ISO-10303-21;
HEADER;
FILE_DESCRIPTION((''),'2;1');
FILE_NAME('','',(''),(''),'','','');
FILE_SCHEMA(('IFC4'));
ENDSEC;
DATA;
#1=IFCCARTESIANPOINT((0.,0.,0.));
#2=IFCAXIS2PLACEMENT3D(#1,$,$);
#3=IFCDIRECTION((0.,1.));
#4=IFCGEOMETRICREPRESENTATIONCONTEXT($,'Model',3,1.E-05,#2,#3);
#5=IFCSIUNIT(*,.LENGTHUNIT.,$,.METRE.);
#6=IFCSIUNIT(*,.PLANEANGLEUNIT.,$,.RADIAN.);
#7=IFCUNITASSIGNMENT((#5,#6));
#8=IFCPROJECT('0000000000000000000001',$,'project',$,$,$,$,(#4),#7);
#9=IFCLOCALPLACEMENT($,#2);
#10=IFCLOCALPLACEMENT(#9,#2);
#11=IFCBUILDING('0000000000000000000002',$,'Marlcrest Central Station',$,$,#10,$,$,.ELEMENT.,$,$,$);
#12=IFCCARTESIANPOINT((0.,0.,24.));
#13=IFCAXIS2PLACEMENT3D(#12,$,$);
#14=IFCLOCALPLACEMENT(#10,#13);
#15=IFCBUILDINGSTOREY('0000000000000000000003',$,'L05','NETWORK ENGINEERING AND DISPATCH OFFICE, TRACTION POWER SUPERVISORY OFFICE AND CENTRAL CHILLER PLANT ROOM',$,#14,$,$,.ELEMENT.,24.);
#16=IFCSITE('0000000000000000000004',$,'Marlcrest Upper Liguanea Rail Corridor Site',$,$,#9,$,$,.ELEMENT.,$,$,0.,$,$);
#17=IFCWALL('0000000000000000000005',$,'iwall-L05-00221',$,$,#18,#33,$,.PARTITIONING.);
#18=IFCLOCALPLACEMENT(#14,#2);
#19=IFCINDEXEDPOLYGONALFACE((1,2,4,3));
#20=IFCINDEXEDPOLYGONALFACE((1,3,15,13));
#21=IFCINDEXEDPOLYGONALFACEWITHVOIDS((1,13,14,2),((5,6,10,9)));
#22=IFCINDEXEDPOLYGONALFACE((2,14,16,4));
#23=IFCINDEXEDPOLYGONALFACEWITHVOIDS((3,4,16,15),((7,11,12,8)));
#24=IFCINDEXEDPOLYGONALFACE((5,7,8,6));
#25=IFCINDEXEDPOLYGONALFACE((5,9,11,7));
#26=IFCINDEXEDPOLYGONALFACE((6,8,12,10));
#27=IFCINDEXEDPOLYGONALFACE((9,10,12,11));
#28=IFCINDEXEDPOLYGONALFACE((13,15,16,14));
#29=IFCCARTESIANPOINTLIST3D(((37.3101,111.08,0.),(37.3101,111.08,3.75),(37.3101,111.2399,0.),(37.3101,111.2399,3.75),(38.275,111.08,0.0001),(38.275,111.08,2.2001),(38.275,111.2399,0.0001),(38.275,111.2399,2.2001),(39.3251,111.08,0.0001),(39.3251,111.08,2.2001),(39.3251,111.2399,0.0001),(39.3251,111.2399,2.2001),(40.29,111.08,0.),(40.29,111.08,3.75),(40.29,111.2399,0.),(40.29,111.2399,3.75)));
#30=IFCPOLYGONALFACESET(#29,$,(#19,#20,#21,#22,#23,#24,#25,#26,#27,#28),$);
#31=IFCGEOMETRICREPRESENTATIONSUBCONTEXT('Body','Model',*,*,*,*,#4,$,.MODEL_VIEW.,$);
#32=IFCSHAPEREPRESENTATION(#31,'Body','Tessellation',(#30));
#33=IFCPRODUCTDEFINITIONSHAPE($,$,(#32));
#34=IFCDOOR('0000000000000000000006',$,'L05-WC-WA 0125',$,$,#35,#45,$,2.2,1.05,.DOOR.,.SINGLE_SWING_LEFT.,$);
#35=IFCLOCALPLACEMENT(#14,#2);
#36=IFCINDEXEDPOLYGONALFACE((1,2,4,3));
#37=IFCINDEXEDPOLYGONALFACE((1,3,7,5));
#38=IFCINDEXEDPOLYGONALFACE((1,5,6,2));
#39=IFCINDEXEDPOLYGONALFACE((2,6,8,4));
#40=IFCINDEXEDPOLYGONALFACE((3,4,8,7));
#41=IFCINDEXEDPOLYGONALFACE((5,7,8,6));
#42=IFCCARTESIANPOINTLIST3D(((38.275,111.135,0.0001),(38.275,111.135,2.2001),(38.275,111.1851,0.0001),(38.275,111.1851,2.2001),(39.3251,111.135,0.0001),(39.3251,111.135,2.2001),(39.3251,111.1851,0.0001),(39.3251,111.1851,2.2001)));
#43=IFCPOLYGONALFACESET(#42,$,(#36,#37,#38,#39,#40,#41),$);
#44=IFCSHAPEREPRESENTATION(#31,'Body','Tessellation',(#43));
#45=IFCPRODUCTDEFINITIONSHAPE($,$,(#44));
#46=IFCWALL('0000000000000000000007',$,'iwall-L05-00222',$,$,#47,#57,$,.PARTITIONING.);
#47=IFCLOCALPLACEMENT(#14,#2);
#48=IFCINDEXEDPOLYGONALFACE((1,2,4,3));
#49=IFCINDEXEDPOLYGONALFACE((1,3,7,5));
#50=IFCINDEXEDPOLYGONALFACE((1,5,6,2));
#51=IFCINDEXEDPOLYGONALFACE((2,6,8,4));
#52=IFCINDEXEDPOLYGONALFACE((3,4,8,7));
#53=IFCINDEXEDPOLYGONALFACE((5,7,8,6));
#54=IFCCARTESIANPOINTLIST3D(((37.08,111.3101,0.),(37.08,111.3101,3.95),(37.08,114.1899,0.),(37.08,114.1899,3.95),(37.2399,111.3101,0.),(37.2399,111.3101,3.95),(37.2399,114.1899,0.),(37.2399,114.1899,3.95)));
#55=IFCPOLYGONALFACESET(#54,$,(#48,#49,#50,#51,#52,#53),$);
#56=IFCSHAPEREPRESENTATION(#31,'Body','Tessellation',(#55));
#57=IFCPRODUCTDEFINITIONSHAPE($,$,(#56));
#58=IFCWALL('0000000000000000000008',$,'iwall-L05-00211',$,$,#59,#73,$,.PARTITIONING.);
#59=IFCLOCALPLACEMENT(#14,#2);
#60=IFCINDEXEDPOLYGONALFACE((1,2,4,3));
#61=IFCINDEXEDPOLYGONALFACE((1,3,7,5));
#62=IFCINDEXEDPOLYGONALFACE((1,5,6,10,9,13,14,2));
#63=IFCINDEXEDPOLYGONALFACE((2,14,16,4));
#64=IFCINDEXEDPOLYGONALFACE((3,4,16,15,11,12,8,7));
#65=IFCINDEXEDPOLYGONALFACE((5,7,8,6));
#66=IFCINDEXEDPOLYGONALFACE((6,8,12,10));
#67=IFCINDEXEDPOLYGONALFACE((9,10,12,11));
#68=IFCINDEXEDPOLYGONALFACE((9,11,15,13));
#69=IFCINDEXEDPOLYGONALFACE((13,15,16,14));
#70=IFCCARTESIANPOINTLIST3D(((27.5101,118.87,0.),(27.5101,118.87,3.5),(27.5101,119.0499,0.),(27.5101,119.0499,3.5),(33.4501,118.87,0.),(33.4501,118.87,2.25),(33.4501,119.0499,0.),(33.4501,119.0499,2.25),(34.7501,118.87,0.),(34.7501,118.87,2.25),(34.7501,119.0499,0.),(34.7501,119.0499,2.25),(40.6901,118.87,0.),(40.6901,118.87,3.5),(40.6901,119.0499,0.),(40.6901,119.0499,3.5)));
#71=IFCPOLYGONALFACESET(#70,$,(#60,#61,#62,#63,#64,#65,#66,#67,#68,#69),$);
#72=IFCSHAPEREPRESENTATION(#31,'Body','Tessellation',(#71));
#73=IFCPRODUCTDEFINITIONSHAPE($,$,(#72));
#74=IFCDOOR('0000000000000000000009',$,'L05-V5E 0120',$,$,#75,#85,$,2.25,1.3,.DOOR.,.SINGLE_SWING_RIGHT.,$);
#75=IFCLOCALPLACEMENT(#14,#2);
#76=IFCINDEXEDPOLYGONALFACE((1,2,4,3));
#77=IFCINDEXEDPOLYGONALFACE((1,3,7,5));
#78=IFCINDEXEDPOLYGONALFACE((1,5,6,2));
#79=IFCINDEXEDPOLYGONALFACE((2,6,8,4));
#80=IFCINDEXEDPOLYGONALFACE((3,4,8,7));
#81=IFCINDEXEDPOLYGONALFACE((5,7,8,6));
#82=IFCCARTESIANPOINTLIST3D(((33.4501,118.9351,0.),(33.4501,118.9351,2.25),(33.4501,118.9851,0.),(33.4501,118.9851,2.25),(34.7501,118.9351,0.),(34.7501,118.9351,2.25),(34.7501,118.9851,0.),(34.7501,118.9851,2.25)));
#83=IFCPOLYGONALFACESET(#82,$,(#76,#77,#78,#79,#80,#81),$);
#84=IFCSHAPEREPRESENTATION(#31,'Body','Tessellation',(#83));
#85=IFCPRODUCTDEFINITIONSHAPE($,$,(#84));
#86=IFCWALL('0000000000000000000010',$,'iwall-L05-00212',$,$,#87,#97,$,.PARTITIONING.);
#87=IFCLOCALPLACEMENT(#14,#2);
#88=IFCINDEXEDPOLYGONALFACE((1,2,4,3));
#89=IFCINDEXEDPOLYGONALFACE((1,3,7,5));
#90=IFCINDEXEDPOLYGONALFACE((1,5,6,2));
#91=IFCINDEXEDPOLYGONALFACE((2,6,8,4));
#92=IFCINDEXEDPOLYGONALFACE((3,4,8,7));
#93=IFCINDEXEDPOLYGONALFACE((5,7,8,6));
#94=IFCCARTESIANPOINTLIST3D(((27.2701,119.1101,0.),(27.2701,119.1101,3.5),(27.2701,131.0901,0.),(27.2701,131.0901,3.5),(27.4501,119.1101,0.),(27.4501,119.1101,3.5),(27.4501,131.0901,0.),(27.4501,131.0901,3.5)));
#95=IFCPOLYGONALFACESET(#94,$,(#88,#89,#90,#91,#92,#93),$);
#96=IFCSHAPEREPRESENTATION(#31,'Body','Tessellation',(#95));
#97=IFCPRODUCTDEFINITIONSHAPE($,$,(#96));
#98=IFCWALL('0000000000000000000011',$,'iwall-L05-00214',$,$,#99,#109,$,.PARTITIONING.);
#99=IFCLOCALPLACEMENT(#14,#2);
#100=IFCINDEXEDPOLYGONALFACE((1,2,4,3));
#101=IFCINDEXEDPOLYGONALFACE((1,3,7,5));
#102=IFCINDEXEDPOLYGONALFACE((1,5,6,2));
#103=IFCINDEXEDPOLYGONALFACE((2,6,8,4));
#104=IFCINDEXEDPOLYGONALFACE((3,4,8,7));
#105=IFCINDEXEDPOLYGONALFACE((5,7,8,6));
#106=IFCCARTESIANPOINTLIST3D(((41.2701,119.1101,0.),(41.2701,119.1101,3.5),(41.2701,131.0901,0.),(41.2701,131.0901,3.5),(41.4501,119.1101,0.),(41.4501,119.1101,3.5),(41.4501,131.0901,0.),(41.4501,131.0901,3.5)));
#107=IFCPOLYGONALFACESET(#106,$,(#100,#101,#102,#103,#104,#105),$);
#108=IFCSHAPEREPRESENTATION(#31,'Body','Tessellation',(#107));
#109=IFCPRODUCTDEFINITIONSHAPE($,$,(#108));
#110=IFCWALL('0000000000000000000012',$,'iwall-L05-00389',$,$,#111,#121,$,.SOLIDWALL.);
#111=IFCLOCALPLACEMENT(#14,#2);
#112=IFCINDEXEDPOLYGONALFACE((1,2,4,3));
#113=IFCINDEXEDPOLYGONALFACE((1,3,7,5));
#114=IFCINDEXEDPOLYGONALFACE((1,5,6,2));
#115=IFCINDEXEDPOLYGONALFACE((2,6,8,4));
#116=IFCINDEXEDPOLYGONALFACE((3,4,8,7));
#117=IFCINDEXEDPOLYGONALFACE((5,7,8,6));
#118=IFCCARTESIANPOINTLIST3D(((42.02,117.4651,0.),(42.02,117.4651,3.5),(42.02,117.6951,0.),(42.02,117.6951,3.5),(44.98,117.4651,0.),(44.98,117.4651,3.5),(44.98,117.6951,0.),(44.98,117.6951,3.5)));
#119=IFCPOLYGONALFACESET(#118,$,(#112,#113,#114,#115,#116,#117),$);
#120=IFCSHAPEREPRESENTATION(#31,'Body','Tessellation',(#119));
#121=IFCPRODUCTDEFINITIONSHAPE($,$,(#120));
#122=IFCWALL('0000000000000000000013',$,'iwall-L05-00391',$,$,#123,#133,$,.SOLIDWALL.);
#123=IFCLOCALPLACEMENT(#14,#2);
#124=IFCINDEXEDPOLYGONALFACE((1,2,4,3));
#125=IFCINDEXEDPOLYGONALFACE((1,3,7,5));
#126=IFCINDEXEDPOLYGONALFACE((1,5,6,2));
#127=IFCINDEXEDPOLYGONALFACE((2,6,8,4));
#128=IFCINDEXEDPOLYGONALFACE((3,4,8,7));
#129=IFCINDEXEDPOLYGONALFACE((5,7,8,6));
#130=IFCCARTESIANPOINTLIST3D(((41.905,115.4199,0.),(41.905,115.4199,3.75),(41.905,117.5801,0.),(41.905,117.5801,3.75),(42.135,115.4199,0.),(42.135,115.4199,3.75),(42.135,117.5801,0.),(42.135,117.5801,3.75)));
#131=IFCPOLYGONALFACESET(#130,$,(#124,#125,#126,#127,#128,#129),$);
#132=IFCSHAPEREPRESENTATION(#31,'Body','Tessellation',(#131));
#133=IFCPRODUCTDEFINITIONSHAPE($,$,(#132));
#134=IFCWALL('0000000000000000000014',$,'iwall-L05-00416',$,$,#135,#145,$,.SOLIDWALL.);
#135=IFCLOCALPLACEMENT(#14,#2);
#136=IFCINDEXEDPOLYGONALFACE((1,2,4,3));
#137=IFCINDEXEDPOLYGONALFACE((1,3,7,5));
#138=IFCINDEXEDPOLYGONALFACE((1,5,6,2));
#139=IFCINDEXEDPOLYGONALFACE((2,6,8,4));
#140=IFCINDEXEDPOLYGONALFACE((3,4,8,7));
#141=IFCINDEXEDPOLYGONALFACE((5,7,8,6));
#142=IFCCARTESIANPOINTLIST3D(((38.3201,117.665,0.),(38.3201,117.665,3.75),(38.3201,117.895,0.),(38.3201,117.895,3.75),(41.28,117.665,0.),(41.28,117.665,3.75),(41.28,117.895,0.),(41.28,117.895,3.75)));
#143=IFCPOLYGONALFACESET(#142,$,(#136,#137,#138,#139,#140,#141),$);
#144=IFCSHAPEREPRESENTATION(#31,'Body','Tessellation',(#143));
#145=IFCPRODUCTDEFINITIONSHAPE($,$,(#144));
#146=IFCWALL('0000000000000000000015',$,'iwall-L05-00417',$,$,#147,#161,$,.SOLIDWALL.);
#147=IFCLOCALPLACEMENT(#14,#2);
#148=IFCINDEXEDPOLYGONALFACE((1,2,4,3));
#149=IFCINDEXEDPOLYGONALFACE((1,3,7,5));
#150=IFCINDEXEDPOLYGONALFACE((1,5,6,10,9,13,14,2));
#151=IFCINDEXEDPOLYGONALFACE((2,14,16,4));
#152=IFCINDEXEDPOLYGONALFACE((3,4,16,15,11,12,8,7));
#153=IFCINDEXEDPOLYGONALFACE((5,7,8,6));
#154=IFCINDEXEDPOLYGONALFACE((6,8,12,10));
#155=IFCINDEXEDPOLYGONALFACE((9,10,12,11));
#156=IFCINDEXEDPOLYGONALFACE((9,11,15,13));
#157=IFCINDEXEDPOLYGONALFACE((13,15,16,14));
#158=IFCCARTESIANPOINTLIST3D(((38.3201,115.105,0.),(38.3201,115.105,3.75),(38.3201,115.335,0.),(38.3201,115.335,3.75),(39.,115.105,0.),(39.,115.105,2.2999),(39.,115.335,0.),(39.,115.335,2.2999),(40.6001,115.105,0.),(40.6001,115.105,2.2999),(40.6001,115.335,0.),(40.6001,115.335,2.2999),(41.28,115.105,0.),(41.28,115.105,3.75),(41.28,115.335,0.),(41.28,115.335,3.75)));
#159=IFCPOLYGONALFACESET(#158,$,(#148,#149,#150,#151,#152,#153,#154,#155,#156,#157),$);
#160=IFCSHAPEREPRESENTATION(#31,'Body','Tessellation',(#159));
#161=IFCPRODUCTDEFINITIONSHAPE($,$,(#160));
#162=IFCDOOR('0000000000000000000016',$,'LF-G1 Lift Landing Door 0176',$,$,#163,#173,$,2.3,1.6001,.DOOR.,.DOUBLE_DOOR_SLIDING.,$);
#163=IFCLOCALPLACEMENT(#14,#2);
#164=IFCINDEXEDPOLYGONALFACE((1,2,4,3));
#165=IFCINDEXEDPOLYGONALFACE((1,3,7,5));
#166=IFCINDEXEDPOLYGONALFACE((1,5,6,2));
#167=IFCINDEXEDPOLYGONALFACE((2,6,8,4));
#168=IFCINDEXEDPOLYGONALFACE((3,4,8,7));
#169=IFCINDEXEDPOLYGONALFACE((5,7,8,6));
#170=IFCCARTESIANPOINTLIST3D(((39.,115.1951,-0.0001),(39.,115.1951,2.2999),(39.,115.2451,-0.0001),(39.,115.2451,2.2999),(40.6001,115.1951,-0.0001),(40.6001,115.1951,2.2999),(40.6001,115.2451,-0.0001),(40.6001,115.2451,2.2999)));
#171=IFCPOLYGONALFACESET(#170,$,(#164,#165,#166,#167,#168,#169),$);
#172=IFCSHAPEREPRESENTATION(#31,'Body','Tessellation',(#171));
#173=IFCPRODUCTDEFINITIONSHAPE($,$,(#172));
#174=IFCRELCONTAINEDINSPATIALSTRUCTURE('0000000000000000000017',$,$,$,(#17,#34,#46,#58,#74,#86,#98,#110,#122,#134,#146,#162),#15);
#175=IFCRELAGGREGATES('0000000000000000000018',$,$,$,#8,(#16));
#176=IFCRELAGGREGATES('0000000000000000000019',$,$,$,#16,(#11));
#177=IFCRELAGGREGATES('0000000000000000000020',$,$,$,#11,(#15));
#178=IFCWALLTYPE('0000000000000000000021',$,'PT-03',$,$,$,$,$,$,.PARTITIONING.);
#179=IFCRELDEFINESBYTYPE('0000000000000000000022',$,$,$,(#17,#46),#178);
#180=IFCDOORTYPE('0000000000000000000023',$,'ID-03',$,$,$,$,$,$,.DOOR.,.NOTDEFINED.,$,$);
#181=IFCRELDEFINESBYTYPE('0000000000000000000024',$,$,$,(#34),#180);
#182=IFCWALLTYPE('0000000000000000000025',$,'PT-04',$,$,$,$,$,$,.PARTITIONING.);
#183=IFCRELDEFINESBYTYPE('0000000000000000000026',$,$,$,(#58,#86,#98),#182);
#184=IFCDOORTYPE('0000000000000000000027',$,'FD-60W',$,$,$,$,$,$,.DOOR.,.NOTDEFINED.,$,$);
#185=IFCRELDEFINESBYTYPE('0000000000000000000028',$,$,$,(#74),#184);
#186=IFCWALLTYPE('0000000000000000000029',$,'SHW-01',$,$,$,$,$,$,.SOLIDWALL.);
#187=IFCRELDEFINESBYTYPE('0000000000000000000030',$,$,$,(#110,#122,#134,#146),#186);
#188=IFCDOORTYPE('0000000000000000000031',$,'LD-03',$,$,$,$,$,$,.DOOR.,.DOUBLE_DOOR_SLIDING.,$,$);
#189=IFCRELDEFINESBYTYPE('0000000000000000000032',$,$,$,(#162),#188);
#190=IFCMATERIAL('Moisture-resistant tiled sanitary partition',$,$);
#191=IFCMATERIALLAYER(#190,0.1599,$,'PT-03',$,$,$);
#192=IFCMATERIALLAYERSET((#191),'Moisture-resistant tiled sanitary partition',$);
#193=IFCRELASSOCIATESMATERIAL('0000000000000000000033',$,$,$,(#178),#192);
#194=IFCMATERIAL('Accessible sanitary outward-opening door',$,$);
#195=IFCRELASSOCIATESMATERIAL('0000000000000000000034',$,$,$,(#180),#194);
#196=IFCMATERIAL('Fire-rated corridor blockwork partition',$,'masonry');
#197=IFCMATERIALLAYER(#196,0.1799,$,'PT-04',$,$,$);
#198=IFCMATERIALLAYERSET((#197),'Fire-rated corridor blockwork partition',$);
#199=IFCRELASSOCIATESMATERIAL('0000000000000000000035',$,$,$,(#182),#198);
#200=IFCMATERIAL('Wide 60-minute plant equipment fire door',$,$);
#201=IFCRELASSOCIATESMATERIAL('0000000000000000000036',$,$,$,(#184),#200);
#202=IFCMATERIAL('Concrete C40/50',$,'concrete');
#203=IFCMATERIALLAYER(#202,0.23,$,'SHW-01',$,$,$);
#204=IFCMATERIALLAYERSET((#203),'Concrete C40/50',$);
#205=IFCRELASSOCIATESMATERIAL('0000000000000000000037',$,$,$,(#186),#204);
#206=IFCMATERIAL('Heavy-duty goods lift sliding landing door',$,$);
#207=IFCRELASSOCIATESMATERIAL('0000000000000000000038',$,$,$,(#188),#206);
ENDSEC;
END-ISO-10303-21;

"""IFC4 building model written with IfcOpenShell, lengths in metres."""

from ifc_helpers import new_model, si_unit, direction, frame, frame_2d, origin, place, context, subcontext, project, spatial, rectangle, extrude, material, layer, layer_set, type_object, element, fill, save


model = new_model("IFC4")

# Units and contexts
model_context = context("Model", 3, precision=1e-05, world=origin(), true_north=direction((0.0, 1.0)))
body_context = subcontext(model_context, "Body", "Model", "MODEL_VIEW")
ifc_project = project(units=[si_unit("LENGTHUNIT", "METRE"), si_unit("PLANEANGLEUNIT", "RADIAN")], contexts=[model_context])

# Site, building, storey
site_placement = place(None, origin())
site = spatial("IfcSite", under=ifc_project, at=site_placement, Name="Marlcrest Upper Liguanea Rail Corridor Site", CompositionType="ELEMENT", RefElevation=0.0)
building_placement = place(site_placement, origin())
building = spatial("IfcBuilding", under=site, at=building_placement, Name="Marlcrest Central Station", CompositionType="ELEMENT")
storey_placement = place(building_placement, frame((0.0, 0.0, 24.0)))
storey = spatial("IfcBuildingStorey", under=building, at=storey_placement, Name="L05", Description="NETWORK ENGINEERING AND DISPATCH OFFICE, TRACTION POWER SUPERVISORY OFFICE AND CENTRAL CHILLER PLANT ROOM", CompositionType="ELEMENT", Elevation=24.0)

# Shared definitions
ifc_material_1 = material(Name="Moisture-resistant tiled sanitary partition")
ifc_layer_1 = layer(ifc_material_1, 0.1599, Name="PT-03")
ifc_layer_set_1 = layer_set([ifc_layer_1], Name="Moisture-resistant tiled sanitary partition")
wall_type_1 = type_object("IfcWallType", Name="PT-03", PredefinedType="PARTITIONING", material=ifc_layer_set_1)

# Wall, opening, door
wall_1_placement = place(storey_placement, frame((40.29, 111.1599, 0.0), z_axis=(0.0, 0.0, 1.0), x_axis=(-1.0, 0.0, 0.0)))
wall_1 = element("IfcWall", 1, at=wall_1_placement, inside=storey, type_object=wall_type_1, Name="iwall-L05-00221", PredefinedType="PARTITIONING", context=body_context, shape_type="SweptSolid", body=[
    extrude(rectangle(XDim=2.98, YDim=0.1599, at=frame_2d((1.49, 0.0))), origin(), (0.0, 0.0, 1.0), 3.75),
])
opening_1_placement = place(wall_1_placement, frame((0.9651, 0.0, 0.0)))
opening_1 = element("IfcOpeningElement", 2, at=opening_1_placement, cuts=wall_1, PredefinedType="OPENING", context=body_context, shape_type="SweptSolid", body=[
    extrude(rectangle(XDim=1.05, YDim=2.2, at=frame_2d((0.5249, 1.1001))), frame((0.0, 0.0898, 0.0), z_axis=(0.0, -1.0, 0.0), x_axis=(1.0, 0.0, 0.0)), (0.0, 0.0, 1.0), 0.1799),
])
ifc_material_2 = material(Name="Accessible sanitary outward-opening door")
door_type_1 = type_object("IfcDoorType", Name="ID-03", OperationType="NOTDEFINED", PredefinedType="DOOR", material=ifc_material_2)
door_1_placement = place(opening_1_placement, origin())
door_1 = element("IfcDoor", 3, at=door_1_placement, inside=storey, type_object=door_type_1, Name="L05-WC-WA 0125", OperationType="SINGLE_SWING_LEFT", OverallHeight=2.2, OverallWidth=1.05, PredefinedType="DOOR", context=body_context, shape_type="SweptSolid", body=[
    extrude(rectangle(XDim=1.05, YDim=2.2, at=frame_2d((0.5249, 1.1001))), frame((0.0, 0.0249, 0.0), z_axis=(0.0, -1.0, 0.0), x_axis=(1.0, 0.0, 0.0)), (0.0, 0.0, 1.0), 0.05),
])
fill(opening_1, door_1)

# Wall
wall_2_placement = place(storey_placement, frame((37.1599, 111.3101, 0.0), z_axis=(0.0, 0.0, 1.0), x_axis=(0.0, 1.0, 0.0)))
element("IfcWall", 4, at=wall_2_placement, inside=storey, type_object=wall_type_1, Name="iwall-L05-00222", PredefinedType="PARTITIONING", context=body_context, shape_type="SweptSolid", body=[
    extrude(rectangle(XDim=2.8799, YDim=0.1599, at=frame_2d((1.4399, 0.0))), origin(), (0.0, 0.0, 1.0), 3.95),
])

# Wall, opening, door
ifc_material_3 = material(Name="Fire-rated corridor blockwork partition", Category="masonry")
ifc_layer_2 = layer(ifc_material_3, 0.1799, Name="PT-04")
ifc_layer_set_2 = layer_set([ifc_layer_2], Name="Fire-rated corridor blockwork partition")
wall_type_2 = type_object("IfcWallType", Name="PT-04", PredefinedType="PARTITIONING", material=ifc_layer_set_2)
wall_3_placement = place(storey_placement, frame((40.6899, 118.96, 0.0), z_axis=(0.0, 0.0, 1.0), x_axis=(-1.0, 0.0, 0.0)))
wall_3 = element("IfcWall", 5, at=wall_3_placement, inside=storey, type_object=wall_type_2, Name="iwall-L05-00211", PredefinedType="PARTITIONING", context=body_context, shape_type="SweptSolid", body=[
    extrude(rectangle(XDim=13.1799, YDim=0.1799, at=frame_2d((6.5898, 0.0))), origin(), (0.0, 0.0, 1.0), 3.5),
])
opening_2_placement = place(wall_3_placement, frame((5.9399, 0.0, 0.0)))
opening_2 = element("IfcOpeningElement", 6, at=opening_2_placement, cuts=wall_3, PredefinedType="OPENING", context=body_context, shape_type="SweptSolid", body=[
    extrude(rectangle(XDim=1.3, YDim=2.25, at=frame_2d((0.6499, 1.125))), frame((0.0, 0.0999, 0.0), z_axis=(0.0, -1.0, 0.0), x_axis=(1.0, 0.0, 0.0)), (0.0, 0.0, 1.0), 0.2),
])
ifc_material_4 = material(Name="Wide 60-minute plant equipment fire door")
door_type_2 = type_object("IfcDoorType", Name="FD-60W", OperationType="NOTDEFINED", PredefinedType="DOOR", material=ifc_material_4)
door_2_placement = place(opening_2_placement, origin())
door_2 = element("IfcDoor", 7, at=door_2_placement, inside=storey, type_object=door_type_2, Name="L05-V5E 0120", OperationType="SINGLE_SWING_RIGHT", OverallHeight=2.25, OverallWidth=1.3, PredefinedType="DOOR", context=body_context, shape_type="SweptSolid", body=[
    extrude(rectangle(XDim=1.3, YDim=2.25, at=frame_2d((0.6499, 1.125))), frame((0.0, 0.0249, 0.0), z_axis=(0.0, -1.0, 0.0), x_axis=(1.0, 0.0, 0.0)), (0.0, 0.0, 1.0), 0.05),
])
fill(opening_2, door_2)

# Walls
for number, where, z_axis, x_axis, name in (
    (8, (27.3601, 119.1101, 0.0), (0.0, 0.0, 1.0), (0.0, 1.0, 0.0), "iwall-L05-00212"),
    (9, (41.3601, 119.1101, 0.0), (0.0, 0.0, 1.0), (0.0, 1.0, 0.0), "iwall-L05-00214"),
):
    element("IfcWall", number, at=place(storey_placement, frame(where, z_axis=z_axis, x_axis=x_axis)), inside=storey, type_object=wall_type_2, Name=name, PredefinedType="PARTITIONING", context=body_context, shape_type="SweptSolid", body=[
        extrude(rectangle(XDim=11.98, YDim=0.1799, at=frame_2d((5.99, 0.0))), origin(), (0.0, 0.0, 1.0), 3.5),
    ])
ifc_material_5 = material(Name="Concrete C40/50", Category="concrete")
ifc_layer_3 = layer(ifc_material_5, 0.23, Name="SHW-01")
ifc_layer_set_3 = layer_set([ifc_layer_3], Name="Concrete C40/50")
wall_type_3 = type_object("IfcWallType", Name="SHW-01", PredefinedType="SOLIDWALL", material=ifc_layer_set_3)
wall_4_placement = place(storey_placement, frame((42.02, 117.5801, 0.0), z_axis=(0.0, 0.0, 1.0), x_axis=(1.0, 0.0, 0.0)))
element("IfcWall", 10, at=wall_4_placement, inside=storey, type_object=wall_type_3, Name="iwall-L05-00389", PredefinedType="SOLIDWALL", context=body_context, shape_type="SweptSolid", body=[
    extrude(rectangle(XDim=2.96, YDim=0.23, at=frame_2d((1.48, 0.0))), origin(), (0.0, 0.0, 1.0), 3.5),
])
wall_5_placement = place(storey_placement, frame((42.02, 115.4199, 0.0), z_axis=(0.0, 0.0, 1.0), x_axis=(0.0, 1.0, 0.0)))
element("IfcWall", 11, at=wall_5_placement, inside=storey, type_object=wall_type_3, Name="iwall-L05-00391", PredefinedType="SOLIDWALL", context=body_context, shape_type="SweptSolid", body=[
    extrude(rectangle(XDim=2.1602, YDim=0.23, at=frame_2d((1.0801, 0.0))), origin(), (0.0, 0.0, 1.0), 3.75),
])
wall_6_placement = place(storey_placement, frame((38.3201, 117.78, 0.0), z_axis=(0.0, 0.0, 1.0), x_axis=(1.0, 0.0, 0.0)))
element("IfcWall", 12, at=wall_6_placement, inside=storey, type_object=wall_type_3, Name="iwall-L05-00416", PredefinedType="SOLIDWALL", context=body_context, shape_type="SweptSolid", body=[
    extrude(rectangle(XDim=2.96, YDim=0.23, at=frame_2d((1.48, 0.0))), origin(), (0.0, 0.0, 1.0), 3.75),
])

# Wall, opening, door
wall_7_placement = place(storey_placement, frame((41.28, 115.22, 0.0), z_axis=(0.0, 0.0, 1.0), x_axis=(-1.0, 0.0, 0.0)))
wall_7 = element("IfcWall", 13, at=wall_7_placement, inside=storey, type_object=wall_type_3, Name="iwall-L05-00417", PredefinedType="SOLIDWALL", context=body_context, shape_type="SweptSolid", body=[
    extrude(rectangle(XDim=2.96, YDim=0.23, at=frame_2d((1.48, 0.0))), origin(), (0.0, 0.0, 1.0), 3.75),
])
opening_3_placement = place(wall_7_placement, frame((0.6799, 0.0, 0.0)))
opening_3 = element("IfcOpeningElement", 14, at=opening_3_placement, cuts=wall_7, PredefinedType="OPENING", context=body_context, shape_type="SweptSolid", body=[
    extrude(rectangle(XDim=1.6001, YDim=2.3, at=frame_2d((0.8, 1.1499))), frame((0.0, 0.125, 0.0), z_axis=(0.0, -1.0, 0.0), x_axis=(1.0, 0.0, 0.0)), (0.0, 0.0, 1.0), 0.25),
])
ifc_material_6 = material(Name="Heavy-duty goods lift sliding landing door")
door_type_3 = type_object("IfcDoorType", Name="LD-03", OperationType="DOUBLE_DOOR_SLIDING", PredefinedType="DOOR", material=ifc_material_6)
door_3_placement = place(opening_3_placement, origin())
door_3 = element("IfcDoor", 15, at=door_3_placement, inside=storey, type_object=door_type_3, Name="LF-G1 Lift Landing Door 0176", OperationType="DOUBLE_DOOR_SLIDING", OverallHeight=2.3, OverallWidth=1.6001, PredefinedType="DOOR", context=body_context, shape_type="SweptSolid", body=[
    extrude(rectangle(XDim=1.6001, YDim=2.3, at=frame_2d((0.8, 1.1499))), frame((0.0, 0.0249, 0.0), z_axis=(0.0, -1.0, 0.0), x_axis=(1.0, 0.0, 0.0)), (0.0, 0.0, 1.0), 0.05),
])
fill(opening_3, door_3)

save(model, "model.ifc")
